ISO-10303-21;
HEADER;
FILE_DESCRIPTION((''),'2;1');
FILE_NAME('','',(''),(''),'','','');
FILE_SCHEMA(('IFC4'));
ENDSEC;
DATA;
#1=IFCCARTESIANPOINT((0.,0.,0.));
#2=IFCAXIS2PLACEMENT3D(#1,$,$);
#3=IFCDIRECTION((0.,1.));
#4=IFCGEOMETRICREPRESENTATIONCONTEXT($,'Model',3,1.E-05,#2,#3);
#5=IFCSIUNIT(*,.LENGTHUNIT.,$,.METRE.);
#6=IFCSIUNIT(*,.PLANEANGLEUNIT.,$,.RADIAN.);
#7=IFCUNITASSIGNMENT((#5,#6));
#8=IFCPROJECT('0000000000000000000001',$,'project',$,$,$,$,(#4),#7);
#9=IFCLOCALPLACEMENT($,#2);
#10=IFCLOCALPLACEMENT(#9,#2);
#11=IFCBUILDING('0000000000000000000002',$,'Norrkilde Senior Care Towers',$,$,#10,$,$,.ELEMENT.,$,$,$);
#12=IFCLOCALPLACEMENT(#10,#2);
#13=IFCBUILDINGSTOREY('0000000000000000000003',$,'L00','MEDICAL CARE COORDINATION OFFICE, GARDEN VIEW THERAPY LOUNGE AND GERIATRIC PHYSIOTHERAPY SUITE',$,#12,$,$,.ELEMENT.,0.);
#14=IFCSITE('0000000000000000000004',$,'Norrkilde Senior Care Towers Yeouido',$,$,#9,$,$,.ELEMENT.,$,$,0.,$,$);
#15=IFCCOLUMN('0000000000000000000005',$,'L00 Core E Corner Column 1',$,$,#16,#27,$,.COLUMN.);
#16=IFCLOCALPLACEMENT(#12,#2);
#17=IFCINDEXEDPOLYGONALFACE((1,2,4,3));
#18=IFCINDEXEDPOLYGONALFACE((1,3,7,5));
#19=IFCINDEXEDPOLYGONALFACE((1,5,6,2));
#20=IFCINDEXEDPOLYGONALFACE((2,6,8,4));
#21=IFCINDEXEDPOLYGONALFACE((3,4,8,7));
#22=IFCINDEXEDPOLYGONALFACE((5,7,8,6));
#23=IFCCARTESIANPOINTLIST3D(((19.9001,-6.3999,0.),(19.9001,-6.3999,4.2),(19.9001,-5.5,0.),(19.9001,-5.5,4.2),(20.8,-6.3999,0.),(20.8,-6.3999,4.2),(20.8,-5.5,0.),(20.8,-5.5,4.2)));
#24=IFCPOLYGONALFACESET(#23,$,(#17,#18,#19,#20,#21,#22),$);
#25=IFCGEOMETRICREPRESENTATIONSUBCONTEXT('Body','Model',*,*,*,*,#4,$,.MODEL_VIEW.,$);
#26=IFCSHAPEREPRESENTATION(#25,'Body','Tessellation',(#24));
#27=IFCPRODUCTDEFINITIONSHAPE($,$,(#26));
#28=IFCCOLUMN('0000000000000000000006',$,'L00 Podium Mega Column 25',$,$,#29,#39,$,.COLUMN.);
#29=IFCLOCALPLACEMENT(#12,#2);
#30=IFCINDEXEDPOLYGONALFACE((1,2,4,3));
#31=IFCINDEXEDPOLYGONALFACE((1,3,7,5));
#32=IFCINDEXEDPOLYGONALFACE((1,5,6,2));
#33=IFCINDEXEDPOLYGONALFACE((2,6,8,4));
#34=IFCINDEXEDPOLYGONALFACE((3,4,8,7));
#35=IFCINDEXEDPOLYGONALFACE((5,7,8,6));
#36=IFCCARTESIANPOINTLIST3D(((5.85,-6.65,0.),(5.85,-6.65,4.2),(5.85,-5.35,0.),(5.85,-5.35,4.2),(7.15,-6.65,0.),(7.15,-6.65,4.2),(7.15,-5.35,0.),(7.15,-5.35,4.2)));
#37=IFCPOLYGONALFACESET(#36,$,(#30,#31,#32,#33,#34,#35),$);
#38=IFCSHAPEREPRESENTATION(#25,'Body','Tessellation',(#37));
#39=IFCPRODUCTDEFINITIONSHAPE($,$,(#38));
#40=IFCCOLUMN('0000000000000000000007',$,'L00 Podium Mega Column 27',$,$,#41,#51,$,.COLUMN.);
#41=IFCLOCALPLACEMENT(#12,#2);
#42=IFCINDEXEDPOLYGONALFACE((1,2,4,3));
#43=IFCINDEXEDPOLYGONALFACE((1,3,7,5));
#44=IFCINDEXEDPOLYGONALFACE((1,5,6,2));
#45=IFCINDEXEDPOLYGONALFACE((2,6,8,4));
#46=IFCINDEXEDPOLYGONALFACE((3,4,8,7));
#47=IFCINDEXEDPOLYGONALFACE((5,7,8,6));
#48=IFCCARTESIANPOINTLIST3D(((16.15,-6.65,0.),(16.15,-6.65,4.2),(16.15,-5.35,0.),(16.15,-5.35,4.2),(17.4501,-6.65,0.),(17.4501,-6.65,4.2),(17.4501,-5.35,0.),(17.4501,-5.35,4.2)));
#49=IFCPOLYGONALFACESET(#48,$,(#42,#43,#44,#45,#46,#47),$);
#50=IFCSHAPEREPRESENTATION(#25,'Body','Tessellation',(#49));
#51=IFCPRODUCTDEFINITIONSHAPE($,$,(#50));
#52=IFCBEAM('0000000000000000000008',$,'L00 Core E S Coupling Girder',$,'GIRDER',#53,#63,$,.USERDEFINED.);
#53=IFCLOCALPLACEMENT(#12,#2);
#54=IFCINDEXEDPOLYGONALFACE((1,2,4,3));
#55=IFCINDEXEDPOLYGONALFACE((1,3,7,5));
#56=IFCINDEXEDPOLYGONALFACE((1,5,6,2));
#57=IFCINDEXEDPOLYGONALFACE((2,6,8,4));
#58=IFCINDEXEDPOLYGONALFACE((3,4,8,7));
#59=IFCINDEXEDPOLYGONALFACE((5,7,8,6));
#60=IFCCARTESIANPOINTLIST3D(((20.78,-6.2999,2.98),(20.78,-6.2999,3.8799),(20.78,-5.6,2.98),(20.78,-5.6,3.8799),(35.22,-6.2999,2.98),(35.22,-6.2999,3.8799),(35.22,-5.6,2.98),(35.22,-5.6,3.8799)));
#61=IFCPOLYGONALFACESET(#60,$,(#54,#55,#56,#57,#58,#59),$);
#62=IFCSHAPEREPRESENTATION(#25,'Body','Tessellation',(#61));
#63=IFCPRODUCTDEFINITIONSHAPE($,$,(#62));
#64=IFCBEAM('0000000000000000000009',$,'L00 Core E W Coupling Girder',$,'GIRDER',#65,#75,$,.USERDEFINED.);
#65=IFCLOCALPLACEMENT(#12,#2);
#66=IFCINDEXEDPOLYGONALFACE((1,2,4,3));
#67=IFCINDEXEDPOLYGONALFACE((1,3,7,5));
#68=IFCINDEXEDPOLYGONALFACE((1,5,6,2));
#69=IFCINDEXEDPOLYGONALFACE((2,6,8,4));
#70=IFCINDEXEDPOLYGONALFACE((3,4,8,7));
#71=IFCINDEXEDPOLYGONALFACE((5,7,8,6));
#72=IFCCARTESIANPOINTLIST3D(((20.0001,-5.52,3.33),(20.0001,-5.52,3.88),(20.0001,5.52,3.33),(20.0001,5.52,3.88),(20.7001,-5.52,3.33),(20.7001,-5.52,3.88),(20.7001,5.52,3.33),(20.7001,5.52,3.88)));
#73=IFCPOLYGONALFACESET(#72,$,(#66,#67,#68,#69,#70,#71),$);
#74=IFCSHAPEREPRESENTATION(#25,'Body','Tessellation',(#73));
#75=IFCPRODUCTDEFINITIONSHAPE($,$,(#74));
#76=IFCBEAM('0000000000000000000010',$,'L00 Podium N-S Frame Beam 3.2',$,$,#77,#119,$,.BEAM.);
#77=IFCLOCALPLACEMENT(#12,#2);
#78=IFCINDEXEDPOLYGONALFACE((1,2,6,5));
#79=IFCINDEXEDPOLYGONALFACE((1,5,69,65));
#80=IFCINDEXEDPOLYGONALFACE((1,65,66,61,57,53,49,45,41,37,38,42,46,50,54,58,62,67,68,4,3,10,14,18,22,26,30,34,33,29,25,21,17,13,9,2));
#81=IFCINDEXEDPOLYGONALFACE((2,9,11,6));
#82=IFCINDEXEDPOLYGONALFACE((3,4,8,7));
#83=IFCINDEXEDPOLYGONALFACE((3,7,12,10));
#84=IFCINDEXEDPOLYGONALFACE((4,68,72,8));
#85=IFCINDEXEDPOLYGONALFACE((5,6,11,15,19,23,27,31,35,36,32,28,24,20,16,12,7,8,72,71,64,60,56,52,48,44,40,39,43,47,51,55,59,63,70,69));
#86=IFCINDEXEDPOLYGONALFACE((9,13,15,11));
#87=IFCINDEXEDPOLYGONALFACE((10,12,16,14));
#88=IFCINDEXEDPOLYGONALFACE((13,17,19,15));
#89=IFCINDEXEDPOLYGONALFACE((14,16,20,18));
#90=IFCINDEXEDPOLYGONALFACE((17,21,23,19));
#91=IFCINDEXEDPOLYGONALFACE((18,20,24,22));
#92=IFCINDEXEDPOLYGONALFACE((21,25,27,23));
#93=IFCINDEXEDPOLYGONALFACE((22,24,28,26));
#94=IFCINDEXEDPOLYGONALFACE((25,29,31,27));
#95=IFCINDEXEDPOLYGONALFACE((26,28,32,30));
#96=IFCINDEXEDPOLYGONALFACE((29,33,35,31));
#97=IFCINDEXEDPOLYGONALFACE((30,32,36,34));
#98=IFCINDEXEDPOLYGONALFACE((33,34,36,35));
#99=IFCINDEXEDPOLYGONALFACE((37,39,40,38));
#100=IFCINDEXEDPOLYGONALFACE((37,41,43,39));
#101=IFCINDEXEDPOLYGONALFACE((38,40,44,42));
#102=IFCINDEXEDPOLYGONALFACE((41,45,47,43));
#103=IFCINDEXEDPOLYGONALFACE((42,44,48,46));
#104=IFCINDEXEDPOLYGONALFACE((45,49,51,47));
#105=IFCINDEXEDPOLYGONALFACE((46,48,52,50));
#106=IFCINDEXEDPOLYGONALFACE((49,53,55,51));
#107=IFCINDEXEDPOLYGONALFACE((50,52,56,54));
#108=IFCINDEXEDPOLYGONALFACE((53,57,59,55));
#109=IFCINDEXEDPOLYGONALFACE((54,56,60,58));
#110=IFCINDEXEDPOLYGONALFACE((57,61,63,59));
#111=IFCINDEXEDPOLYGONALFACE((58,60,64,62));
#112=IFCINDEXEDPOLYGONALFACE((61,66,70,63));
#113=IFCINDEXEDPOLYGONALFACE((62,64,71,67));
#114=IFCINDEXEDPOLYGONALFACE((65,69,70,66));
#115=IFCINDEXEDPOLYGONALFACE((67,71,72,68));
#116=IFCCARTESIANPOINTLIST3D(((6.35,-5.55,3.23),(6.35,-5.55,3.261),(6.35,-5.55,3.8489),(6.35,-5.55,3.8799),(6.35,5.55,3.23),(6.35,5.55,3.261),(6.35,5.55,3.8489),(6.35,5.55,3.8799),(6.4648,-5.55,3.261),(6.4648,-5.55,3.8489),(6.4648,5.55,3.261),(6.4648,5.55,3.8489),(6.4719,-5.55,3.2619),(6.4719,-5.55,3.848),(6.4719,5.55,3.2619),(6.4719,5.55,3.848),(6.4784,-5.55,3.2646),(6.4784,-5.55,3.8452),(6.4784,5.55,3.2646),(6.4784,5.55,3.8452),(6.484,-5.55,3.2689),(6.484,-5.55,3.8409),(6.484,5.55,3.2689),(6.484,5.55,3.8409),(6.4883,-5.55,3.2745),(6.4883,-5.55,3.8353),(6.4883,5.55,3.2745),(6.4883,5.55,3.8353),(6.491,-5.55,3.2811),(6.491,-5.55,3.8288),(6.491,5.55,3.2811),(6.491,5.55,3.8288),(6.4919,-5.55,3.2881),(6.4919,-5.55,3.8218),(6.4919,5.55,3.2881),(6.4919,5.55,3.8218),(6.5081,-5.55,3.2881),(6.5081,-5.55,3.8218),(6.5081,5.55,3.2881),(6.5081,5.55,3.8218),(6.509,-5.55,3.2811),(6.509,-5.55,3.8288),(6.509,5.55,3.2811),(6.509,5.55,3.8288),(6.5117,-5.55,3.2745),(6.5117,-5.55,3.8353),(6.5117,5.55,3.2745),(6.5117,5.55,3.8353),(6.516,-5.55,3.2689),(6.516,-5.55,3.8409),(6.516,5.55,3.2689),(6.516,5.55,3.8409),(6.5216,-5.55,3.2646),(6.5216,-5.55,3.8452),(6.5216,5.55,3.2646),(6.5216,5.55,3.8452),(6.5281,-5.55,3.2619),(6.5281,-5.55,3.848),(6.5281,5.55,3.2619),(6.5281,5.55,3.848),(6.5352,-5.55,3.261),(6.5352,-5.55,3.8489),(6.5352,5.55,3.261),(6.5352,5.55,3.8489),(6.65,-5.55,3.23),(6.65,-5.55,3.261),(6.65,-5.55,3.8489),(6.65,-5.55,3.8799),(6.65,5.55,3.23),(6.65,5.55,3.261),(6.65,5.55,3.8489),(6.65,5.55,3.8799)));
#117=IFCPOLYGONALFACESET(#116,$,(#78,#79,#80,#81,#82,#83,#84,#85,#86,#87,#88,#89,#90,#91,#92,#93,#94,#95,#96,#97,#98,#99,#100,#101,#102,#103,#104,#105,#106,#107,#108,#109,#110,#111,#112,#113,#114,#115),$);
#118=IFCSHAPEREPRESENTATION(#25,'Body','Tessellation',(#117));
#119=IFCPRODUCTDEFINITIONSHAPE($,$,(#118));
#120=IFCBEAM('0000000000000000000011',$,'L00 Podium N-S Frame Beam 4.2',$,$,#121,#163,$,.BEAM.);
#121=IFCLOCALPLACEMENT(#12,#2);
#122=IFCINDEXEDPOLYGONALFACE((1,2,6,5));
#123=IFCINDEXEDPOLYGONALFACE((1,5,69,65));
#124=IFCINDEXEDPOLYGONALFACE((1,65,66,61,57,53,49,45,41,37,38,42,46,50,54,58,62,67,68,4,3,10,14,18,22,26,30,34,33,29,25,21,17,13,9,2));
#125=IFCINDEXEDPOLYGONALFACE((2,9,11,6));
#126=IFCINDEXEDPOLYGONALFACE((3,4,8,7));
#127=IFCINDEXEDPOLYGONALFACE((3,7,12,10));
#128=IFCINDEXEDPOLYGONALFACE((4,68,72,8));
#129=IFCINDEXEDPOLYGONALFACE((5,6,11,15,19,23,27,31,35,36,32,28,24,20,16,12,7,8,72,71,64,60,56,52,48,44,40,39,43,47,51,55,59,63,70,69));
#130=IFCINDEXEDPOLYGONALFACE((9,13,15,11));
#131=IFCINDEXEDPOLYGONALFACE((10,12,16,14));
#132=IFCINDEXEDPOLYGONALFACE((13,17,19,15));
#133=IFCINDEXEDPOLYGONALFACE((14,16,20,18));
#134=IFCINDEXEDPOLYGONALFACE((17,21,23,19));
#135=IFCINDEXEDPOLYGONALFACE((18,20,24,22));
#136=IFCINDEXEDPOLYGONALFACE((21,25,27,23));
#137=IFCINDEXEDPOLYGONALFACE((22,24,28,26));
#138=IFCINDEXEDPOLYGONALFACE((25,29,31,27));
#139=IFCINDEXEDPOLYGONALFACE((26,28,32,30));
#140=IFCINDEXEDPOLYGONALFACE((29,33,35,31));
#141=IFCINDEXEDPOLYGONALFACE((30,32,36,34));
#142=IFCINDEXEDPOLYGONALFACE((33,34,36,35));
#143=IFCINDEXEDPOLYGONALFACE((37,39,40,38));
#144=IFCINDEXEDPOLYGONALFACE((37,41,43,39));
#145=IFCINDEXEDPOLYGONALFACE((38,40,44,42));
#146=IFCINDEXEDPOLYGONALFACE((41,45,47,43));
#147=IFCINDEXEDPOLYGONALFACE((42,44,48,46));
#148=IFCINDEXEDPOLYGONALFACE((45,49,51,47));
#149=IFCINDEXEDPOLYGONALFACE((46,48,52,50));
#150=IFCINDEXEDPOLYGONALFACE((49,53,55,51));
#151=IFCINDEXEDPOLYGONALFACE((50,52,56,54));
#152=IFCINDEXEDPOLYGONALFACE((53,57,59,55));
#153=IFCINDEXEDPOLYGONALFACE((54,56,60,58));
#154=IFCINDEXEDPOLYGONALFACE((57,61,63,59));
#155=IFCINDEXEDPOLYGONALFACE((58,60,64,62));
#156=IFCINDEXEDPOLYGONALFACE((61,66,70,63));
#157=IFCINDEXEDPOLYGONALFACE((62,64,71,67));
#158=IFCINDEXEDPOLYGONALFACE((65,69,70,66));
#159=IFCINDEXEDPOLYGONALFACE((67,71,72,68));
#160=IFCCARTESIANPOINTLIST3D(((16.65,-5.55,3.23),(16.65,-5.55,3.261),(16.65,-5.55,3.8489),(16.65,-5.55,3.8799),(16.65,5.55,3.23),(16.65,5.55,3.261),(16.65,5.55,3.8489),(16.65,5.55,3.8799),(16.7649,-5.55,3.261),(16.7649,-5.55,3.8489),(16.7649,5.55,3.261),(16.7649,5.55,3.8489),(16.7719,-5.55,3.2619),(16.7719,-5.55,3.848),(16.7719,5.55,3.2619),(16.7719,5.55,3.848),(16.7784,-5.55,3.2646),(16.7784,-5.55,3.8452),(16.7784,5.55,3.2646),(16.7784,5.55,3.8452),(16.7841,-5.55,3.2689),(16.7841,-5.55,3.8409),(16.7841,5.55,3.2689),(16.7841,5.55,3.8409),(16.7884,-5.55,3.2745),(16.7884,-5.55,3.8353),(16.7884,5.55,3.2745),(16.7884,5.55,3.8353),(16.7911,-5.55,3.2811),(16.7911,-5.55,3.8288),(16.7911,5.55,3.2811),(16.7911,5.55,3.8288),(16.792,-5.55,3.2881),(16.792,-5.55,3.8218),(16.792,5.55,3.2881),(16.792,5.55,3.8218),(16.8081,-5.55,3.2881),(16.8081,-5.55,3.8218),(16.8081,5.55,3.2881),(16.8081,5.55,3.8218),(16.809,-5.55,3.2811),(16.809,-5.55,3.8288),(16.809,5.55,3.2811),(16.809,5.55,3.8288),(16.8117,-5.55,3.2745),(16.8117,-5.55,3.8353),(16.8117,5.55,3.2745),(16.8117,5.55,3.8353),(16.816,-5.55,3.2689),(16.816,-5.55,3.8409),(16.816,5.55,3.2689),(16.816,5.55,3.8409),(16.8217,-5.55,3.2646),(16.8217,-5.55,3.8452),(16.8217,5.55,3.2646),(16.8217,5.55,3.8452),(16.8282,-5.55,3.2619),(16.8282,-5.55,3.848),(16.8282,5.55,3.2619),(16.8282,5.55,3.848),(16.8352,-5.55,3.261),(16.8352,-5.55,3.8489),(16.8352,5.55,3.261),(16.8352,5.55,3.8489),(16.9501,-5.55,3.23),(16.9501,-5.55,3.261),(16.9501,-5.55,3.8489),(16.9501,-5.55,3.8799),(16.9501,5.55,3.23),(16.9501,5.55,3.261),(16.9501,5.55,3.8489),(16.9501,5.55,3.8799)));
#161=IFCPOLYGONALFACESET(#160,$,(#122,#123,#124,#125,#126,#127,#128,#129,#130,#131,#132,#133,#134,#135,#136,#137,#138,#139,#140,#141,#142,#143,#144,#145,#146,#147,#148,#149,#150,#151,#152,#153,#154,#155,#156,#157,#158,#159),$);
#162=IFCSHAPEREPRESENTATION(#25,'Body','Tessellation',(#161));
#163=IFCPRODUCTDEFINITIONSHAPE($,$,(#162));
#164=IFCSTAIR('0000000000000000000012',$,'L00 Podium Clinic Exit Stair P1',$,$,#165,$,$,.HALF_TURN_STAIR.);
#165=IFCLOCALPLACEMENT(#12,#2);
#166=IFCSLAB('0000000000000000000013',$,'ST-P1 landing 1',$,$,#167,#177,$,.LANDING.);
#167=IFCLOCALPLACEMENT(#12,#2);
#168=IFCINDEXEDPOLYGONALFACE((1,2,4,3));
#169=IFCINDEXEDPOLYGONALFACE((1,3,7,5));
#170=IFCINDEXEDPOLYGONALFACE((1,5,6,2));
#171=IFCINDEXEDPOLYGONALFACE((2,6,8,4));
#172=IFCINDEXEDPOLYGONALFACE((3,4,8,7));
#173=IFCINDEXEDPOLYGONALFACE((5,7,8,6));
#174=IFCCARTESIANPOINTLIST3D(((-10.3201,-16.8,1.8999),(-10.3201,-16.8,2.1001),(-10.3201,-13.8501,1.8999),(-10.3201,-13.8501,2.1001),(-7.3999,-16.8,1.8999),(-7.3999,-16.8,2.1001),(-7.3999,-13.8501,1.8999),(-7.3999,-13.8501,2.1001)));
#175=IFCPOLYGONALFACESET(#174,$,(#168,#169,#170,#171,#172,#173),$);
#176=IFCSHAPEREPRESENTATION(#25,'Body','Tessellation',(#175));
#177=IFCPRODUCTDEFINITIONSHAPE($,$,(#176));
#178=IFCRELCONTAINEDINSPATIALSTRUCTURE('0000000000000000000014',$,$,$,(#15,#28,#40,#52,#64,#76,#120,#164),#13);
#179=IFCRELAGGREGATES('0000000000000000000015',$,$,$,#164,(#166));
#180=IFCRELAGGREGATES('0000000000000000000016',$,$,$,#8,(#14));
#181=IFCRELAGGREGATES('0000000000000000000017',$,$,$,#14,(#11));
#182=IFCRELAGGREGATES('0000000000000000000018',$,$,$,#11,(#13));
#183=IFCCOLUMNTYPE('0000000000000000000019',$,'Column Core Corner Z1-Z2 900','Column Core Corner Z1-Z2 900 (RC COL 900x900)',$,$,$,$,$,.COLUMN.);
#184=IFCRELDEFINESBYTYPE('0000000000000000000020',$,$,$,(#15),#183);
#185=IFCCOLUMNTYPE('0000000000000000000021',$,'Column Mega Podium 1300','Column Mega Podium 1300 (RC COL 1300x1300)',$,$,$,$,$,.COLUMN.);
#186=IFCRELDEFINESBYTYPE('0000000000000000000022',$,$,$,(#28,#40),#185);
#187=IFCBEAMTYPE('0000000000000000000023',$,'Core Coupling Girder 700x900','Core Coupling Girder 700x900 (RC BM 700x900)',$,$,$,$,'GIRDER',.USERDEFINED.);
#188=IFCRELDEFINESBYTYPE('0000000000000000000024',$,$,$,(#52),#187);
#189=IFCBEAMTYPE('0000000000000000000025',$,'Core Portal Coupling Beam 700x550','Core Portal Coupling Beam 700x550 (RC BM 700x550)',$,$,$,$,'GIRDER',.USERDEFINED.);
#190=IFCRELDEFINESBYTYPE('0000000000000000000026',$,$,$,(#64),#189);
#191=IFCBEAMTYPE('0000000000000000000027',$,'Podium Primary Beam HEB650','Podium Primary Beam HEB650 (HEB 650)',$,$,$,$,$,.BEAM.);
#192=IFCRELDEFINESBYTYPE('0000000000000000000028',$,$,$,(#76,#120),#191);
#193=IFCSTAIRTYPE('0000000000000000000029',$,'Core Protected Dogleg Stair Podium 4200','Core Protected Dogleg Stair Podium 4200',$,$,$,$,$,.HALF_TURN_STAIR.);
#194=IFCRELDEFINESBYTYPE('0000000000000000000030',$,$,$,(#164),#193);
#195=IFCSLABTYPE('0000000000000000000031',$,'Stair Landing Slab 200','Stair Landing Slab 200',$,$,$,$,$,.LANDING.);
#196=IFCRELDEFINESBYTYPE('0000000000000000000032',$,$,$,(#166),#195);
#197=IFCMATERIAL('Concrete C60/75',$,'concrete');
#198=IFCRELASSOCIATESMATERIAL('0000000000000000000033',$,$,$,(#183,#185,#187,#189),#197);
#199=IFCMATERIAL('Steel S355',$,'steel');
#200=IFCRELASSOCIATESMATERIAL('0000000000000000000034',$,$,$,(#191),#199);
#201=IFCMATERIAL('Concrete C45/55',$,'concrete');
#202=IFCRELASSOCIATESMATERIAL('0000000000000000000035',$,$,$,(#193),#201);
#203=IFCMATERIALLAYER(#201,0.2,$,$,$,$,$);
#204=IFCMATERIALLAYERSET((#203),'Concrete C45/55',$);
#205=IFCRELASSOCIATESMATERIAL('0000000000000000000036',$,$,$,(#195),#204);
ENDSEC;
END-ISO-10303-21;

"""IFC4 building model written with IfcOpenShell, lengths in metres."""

from ifc_helpers import new_model, si_unit, direction, frame, origin, origin_2d, place, context, subcontext, project, spatial, polyline, rectangle, i_section, outline, extrude, source, transform, mapped, material, layer, layer_set, material_profile, profile_set, type_object, type_shapes, element, aggregate, save


model = new_model("IFC4")

# Units and contexts
model_context = context("Model", 3, precision=1e-05, world=origin(), true_north=direction((0.0, 1.0)))
body_context = subcontext(model_context, "Body", "Model", "MODEL_VIEW")
ifc_project = project(units=[si_unit("LENGTHUNIT", "METRE"), si_unit("PLANEANGLEUNIT", "RADIAN")], contexts=[model_context])

# Site, building, storey
site_placement = place(None, origin())
site = spatial("IfcSite", under=ifc_project, at=site_placement, Name="Norrkilde Senior Care Towers Yeouido", CompositionType="ELEMENT", RefElevation=0.0)
building_placement = place(site_placement, origin())
building = spatial("IfcBuilding", under=site, at=building_placement, Name="Norrkilde Senior Care Towers", CompositionType="ELEMENT")
storey_placement = place(building_placement, origin())
storey = spatial("IfcBuildingStorey", under=building, at=storey_placement, Name="L00", Description="MEDICAL CARE COORDINATION OFFICE, GARDEN VIEW THERAPY LOUNGE AND GERIATRIC PHYSIOTHERAPY SUITE", CompositionType="ELEMENT", Elevation=0.0)

# Columns
ifc_material_1 = material(Name="Concrete C60/75", Category="concrete")
ifc_material_profile_1 = material_profile(ifc_material_1, rectangle(XDim=0.8999, YDim=0.8999, at=origin_2d()), Name="RC COL 900x900")
ifc_profile_set_1 = profile_set([ifc_material_profile_1], Name="Concrete C60/75")
column_type_1 = type_object("IfcColumnType", Name="Column Core Corner Z1-Z2 900", Description="Column Core Corner Z1-Z2 900 (RC COL 900x900)", PredefinedType="COLUMN", material=ifc_profile_set_1)
shared_shape_1 = source(origin(), body_context, "Body", "SweptSolid", [
    extrude(rectangle(XDim=0.8999, YDim=0.8999, at=origin_2d()), origin(), (0.0, 0.0, 1.0), 4.2),
])
type_shapes(column_type_1, [shared_shape_1])
column_placement = place(storey_placement, frame((20.3501, -5.95, 0.0), z_axis=(0.0, 0.0, 1.0), x_axis=(1.0, 0.0, 0.0)))
element("IfcColumn", 1, at=column_placement, inside=storey, type_object=column_type_1, Name="L00 Core E Corner Column 1", PredefinedType="COLUMN", context=body_context, shape_type="MappedRepresentation", body=[
    mapped(shared_shape_1, transform((0.0, 0.0, 0.0), x_axis=(1.0, 0.0, 0.0), y_axis=(0.0, 1.0, 0.0), z_axis=(0.0, 0.0, 1.0), scale=1.0)),
])
ifc_material_profile_2 = material_profile(ifc_material_1, rectangle(XDim=1.3, YDim=1.3, at=origin_2d()), Name="RC COL 1300x1300")
ifc_profile_set_2 = profile_set([ifc_material_profile_2], Name="Concrete C60/75")
column_type_2 = type_object("IfcColumnType", Name="Column Mega Podium 1300", Description="Column Mega Podium 1300 (RC COL 1300x1300)", PredefinedType="COLUMN", material=ifc_profile_set_2)
shared_shape_2 = source(origin(), body_context, "Body", "SweptSolid", [
    extrude(rectangle(XDim=1.3, YDim=1.3, at=origin_2d()), origin(), (0.0, 0.0, 1.0), 4.2),
])
type_shapes(column_type_2, [shared_shape_2])
for number, where, z_axis, x_axis, name in (
    (2, (6.5, -6.0, 0.0), (0.0, 0.0, 1.0), (1.0, 0.0, 0.0), "L00 Podium Mega Column 25"),
    (3, (16.8, -6.0, 0.0), (0.0, 0.0, 1.0), (1.0, 0.0, 0.0), "L00 Podium Mega Column 27"),
):
    element("IfcColumn", number, at=place(storey_placement, frame(where, z_axis=z_axis, x_axis=x_axis)), inside=storey, type_object=column_type_2, Name=name, PredefinedType="COLUMN", context=body_context, shape_type="MappedRepresentation", body=[
        mapped(shared_shape_2, transform((0.0, 0.0, 0.0), x_axis=(1.0, 0.0, 0.0), y_axis=(0.0, 1.0, 0.0), z_axis=(0.0, 0.0, 1.0), scale=1.0)),
    ])

# Beams
ifc_material_profile_3 = material_profile(ifc_material_1, rectangle(XDim=0.7, YDim=0.8999, at=origin_2d()), Name="RC BM 700x900")
ifc_profile_set_3 = profile_set([ifc_material_profile_3], Name="Concrete C60/75")
beam_type_1 = type_object("IfcBeamType", Name="Core Coupling Girder 700x900", Description="Core Coupling Girder 700x900 (RC BM 700x900)", ElementType="GIRDER", PredefinedType="USERDEFINED", material=ifc_profile_set_3)
shared_shape_3 = source(origin(), body_context, "Body", "SweptSolid", [
    extrude(rectangle(XDim=0.7, YDim=0.8999, at=origin_2d()), origin(), (0.0, 0.0, 1.0), 14.4399),
])
type_shapes(beam_type_1, [shared_shape_3])
beam_1_placement = place(storey_placement, frame((20.78, -5.95, 3.4299), z_axis=(1.0, 0.0, 0.0), x_axis=(0.0, 1.0, 0.0)))
element("IfcBeam", 4, at=beam_1_placement, inside=storey, type_object=beam_type_1, Name="L00 Core E S Coupling Girder", ObjectType="GIRDER", PredefinedType="USERDEFINED", context=body_context, shape_type="MappedRepresentation", body=[
    mapped(shared_shape_3, transform((0.0, 0.0, 0.0), x_axis=(1.0, 0.0, 0.0), y_axis=(0.0, 1.0, 0.0), z_axis=(0.0, 0.0, 1.0), scale=1.0)),
])
ifc_material_profile_4 = material_profile(ifc_material_1, rectangle(XDim=0.7, YDim=0.55, at=origin_2d()), Name="RC BM 700x550")
ifc_profile_set_4 = profile_set([ifc_material_profile_4], Name="Concrete C60/75")
beam_type_2 = type_object("IfcBeamType", Name="Core Portal Coupling Beam 700x550", Description="Core Portal Coupling Beam 700x550 (RC BM 700x550)", ElementType="GIRDER", PredefinedType="USERDEFINED", material=ifc_profile_set_4)
shared_shape_4 = source(origin(), body_context, "Body", "SweptSolid", [
    extrude(rectangle(XDim=0.7, YDim=0.55, at=origin_2d()), origin(), (0.0, 0.0, 1.0), 11.04),
])
type_shapes(beam_type_2, [shared_shape_4])
beam_2_placement = place(storey_placement, frame((20.3501, -5.52, 3.605), z_axis=(0.0, 1.0, 0.0), x_axis=(-1.0, 0.0, 0.0)))
element("IfcBeam", 5, at=beam_2_placement, inside=storey, type_object=beam_type_2, Name="L00 Core E W Coupling Girder", ObjectType="GIRDER", PredefinedType="USERDEFINED", context=body_context, shape_type="MappedRepresentation", body=[
    mapped(shared_shape_4, transform((0.0, 0.0, 0.0), x_axis=(1.0, 0.0, 0.0), y_axis=(0.0, 1.0, 0.0), z_axis=(0.0, 0.0, 1.0), scale=1.0)),
])
ifc_material_2 = material(Name="Steel S355", Category="steel")
ifc_material_profile_5 = material_profile(ifc_material_2, i_section(OverallWidth=0.3, OverallDepth=0.6499, WebThickness=0.0161, FlangeThickness=0.031, FilletRadius=0.0271, at=origin_2d()), Name="HEB 650")
ifc_profile_set_5 = profile_set([ifc_material_profile_5], Name="Steel S355")
beam_type_3 = type_object("IfcBeamType", Name="Podium Primary Beam HEB650", Description="Podium Primary Beam HEB650 (HEB 650)", PredefinedType="BEAM", material=ifc_profile_set_5)
shared_shape_5 = source(origin(), body_context, "Body", "SweptSolid", [
    extrude(i_section(OverallWidth=0.3, OverallDepth=0.6499, WebThickness=0.0161, FlangeThickness=0.031, FilletRadius=0.0271, at=origin_2d()), origin(), (0.0, 0.0, 1.0), 11.1001),
])
type_shapes(beam_type_3, [shared_shape_5])
for number, where, z_axis, x_axis, name in (
    (6, (6.5, -5.55, 3.5549), (0.0, 1.0, 0.0), (-1.0, 0.0, 0.0), "L00 Podium N-S Frame Beam 3.2"),
    (7, (16.8, -5.55, 3.5549), (0.0, 1.0, 0.0), (-1.0, 0.0, 0.0), "L00 Podium N-S Frame Beam 4.2"),
):
    element("IfcBeam", number, at=place(storey_placement, frame(where, z_axis=z_axis, x_axis=x_axis)), inside=storey, type_object=beam_type_3, Name=name, PredefinedType="BEAM", context=body_context, shape_type="MappedRepresentation", body=[
        mapped(shared_shape_5, transform((0.0, 0.0, 0.0), x_axis=(1.0, 0.0, 0.0), y_axis=(0.0, 1.0, 0.0), z_axis=(0.0, 0.0, 1.0), scale=1.0)),
    ])

# Stair, slab
ifc_material_3 = material(Name="Concrete C45/55", Category="concrete")
stair_type = type_object("IfcStairType", Name="Core Protected Dogleg Stair Podium 4200", Description="Core Protected Dogleg Stair Podium 4200", PredefinedType="HALF_TURN_STAIR", material=ifc_material_3)
stair_1_placement = place(storey_placement, origin())
stair_1 = element("IfcStair", 8, at=stair_1_placement, inside=storey, type_object=stair_type, Name="L00 Podium Clinic Exit Stair P1", PredefinedType="HALF_TURN_STAIR")
ifc_layer_1 = layer(ifc_material_3, 0.2)
ifc_layer_set_1 = layer_set([ifc_layer_1], Name="Concrete C45/55")
slab_type = type_object("IfcSlabType", Name="Stair Landing Slab 200", Description="Stair Landing Slab 200", PredefinedType="LANDING", material=ifc_layer_set_1)
slab_1_placement = place(storey_placement, frame((0.0, 0.0, 1.8999)))
slab_1 = element("IfcSlab", 9, at=slab_1_placement, type_object=slab_type, Name="ST-P1 landing 1", PredefinedType="LANDING", context=body_context, shape_type="SweptSolid", body=[
    extrude(outline(polyline([(-10.3201, -16.8), (-7.3999, -16.8), (-7.3999, -13.8501), (-10.3201, -13.8501), (-10.3201, -16.8)])), origin(), (0.0, 0.0, 1.0), 0.2002),
])
aggregate(stair_1, [slab_1])

save(model, "model.ifc")
